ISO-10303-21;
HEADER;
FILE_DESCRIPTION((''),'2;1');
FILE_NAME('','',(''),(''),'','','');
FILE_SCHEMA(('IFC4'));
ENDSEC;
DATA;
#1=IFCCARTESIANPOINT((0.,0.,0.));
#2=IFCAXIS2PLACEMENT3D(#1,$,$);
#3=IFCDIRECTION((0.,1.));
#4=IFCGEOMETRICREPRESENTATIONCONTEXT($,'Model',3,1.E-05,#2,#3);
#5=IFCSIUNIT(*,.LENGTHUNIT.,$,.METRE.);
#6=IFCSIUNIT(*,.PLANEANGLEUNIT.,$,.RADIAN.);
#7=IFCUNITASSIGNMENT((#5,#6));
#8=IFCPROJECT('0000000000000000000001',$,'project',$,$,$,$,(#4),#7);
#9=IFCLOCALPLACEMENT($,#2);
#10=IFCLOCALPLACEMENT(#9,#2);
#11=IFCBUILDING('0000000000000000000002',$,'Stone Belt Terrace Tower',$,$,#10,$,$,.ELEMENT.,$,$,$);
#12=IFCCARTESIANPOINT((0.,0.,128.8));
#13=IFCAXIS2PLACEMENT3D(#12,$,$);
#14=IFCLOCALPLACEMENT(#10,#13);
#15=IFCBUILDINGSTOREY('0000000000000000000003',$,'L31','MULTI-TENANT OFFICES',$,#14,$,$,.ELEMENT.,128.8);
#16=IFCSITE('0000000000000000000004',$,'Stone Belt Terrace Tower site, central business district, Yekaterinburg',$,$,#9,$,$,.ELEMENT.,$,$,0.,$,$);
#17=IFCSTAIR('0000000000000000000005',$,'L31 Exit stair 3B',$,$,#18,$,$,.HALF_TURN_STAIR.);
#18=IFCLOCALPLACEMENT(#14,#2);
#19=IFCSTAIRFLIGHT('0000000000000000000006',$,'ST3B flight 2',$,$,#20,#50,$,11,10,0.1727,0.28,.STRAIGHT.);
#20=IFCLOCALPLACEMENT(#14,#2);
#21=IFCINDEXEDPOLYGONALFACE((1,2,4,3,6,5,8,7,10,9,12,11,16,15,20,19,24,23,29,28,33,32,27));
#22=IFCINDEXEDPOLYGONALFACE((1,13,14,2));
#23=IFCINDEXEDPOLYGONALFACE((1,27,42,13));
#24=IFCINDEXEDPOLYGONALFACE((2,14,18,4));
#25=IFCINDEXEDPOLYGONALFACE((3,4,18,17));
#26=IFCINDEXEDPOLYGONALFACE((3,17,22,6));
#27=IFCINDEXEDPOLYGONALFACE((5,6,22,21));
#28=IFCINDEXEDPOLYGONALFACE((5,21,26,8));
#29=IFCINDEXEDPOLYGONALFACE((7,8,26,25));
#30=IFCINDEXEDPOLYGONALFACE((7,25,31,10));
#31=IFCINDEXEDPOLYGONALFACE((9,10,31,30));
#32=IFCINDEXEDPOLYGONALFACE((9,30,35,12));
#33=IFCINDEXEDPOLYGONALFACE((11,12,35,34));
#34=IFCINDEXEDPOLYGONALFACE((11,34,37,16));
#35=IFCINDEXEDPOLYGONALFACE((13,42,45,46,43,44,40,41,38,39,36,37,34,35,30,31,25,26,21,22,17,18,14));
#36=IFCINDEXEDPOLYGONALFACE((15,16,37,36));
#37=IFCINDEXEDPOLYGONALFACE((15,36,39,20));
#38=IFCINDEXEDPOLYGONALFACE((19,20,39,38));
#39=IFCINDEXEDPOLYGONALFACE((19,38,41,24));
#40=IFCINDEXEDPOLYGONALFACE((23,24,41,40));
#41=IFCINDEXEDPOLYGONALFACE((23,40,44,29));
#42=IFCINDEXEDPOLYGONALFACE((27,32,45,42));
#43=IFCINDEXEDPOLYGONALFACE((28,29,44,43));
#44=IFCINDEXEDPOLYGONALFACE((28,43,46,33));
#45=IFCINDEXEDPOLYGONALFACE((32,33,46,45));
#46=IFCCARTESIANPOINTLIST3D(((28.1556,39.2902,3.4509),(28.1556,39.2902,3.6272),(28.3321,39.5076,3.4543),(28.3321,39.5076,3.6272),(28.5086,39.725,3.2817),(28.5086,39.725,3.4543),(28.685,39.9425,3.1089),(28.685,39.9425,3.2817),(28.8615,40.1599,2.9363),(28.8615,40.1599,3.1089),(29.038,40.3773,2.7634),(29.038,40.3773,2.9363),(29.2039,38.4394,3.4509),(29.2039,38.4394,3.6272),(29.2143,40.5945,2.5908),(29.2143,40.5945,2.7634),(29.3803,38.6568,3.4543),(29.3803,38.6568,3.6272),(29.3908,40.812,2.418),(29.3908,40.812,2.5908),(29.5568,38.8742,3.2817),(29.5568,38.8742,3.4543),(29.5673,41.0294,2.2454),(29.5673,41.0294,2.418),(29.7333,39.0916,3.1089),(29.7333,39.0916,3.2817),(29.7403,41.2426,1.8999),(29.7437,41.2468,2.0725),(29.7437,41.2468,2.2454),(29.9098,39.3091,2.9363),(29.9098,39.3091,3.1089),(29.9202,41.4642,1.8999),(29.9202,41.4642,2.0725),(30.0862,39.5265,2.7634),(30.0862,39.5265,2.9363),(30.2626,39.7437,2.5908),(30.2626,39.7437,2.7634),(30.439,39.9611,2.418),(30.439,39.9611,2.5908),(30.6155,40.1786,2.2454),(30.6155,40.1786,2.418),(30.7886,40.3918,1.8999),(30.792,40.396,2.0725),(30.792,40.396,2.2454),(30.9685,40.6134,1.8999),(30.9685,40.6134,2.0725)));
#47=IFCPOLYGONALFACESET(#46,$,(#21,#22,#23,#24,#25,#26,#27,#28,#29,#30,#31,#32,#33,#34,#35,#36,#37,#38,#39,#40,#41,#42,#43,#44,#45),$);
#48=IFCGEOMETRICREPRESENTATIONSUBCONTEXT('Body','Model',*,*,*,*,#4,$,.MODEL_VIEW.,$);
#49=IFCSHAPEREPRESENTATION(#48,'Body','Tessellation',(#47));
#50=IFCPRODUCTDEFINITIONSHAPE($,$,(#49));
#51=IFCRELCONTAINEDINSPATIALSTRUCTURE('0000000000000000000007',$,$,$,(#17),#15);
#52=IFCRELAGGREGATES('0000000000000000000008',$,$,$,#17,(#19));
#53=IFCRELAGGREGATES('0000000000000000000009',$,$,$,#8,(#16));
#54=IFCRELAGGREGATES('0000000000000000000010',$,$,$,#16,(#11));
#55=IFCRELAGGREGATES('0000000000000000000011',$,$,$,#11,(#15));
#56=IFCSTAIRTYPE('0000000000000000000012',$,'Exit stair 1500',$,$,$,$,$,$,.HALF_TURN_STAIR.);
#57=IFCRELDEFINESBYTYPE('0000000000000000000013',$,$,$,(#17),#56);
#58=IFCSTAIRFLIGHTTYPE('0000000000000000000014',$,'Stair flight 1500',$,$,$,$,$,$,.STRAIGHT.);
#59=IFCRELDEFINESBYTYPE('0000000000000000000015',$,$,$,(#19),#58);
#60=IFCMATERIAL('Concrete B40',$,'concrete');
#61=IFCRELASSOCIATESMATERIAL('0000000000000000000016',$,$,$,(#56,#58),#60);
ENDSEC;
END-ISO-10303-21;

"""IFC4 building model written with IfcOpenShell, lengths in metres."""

from ifc_helpers import new_model, si_unit, direction, frame, origin, place, context, subcontext, project, spatial, polyline, outline, extrude, material, type_object, element, aggregate, save


model = new_model("IFC4")

# Units and contexts
model_context = context("Model", 3, precision=1e-05, world=origin(), true_north=direction((0.0, 1.0)))
body_context = subcontext(model_context, "Body", "Model", "MODEL_VIEW")
ifc_project = project(units=[si_unit("LENGTHUNIT", "METRE"), si_unit("PLANEANGLEUNIT", "RADIAN")], contexts=[model_context])

# Site, building, storey
site_placement = place(None, origin())
site = spatial("IfcSite", under=ifc_project, at=site_placement, Name="Stone Belt Terrace Tower site, central business district, Yekaterinburg", CompositionType="ELEMENT", RefElevation=0.0)
building_placement = place(site_placement, origin())
building = spatial("IfcBuilding", under=site, at=building_placement, Name="Stone Belt Terrace Tower", CompositionType="ELEMENT")
storey_placement = place(building_placement, frame((0.0, 0.0, 128.8)))
storey = spatial("IfcBuildingStorey", under=building, at=storey_placement, Name="L31", Description="MULTI-TENANT OFFICES", CompositionType="ELEMENT", Elevation=128.8)

# Stair, stair flight
ifc_material_1 = material(Name="Concrete B40", Category="concrete")
stair_type = type_object("IfcStairType", Name="Exit stair 1500", PredefinedType="HALF_TURN_STAIR", material=ifc_material_1)
stair_placement = place(storey_placement, origin())
stair = element("IfcStair", 1, at=stair_placement, inside=storey, type_object=stair_type, Name="L31 Exit stair 3B", PredefinedType="HALF_TURN_STAIR")
stair_flight_type = type_object("IfcStairFlightType", Name="Stair flight 1500", PredefinedType="STRAIGHT", material=ifc_material_1)
stair_flight_placement = place(storey_placement, frame((30.4443, 41.0388, 1.8999), z_axis=(0.0, 0.0, 1.0), x_axis=(-0.630206, -0.776428, 0.0)))
stair_flight = element("IfcStairFlight", 2, at=stair_flight_placement, type_object=stair_flight_type, Name="ST3B flight 2", NumberOfRisers=11, NumberOfTreads=10, PredefinedType="STRAIGHT", RiserHeight=0.1727, TreadLength=0.28, context=body_context, shape_type="SweptSolid", body=[
    extrude(outline(polyline([(0.0, 0.0), (0.0, 0.1726), (0.28, 0.1726), (0.28, 0.3455), (0.5601, 0.3455), (0.5601, 0.5181), (0.8401, 0.5181), (0.8401, 0.6909), (1.1201, 0.6909), (1.1201, 0.8635), (1.3999, 0.8635), (1.3999, 1.0364), (1.6799, 1.0364), (1.6799, 1.209), (1.96, 1.209), (1.96, 1.3818), (2.24, 1.3818), (2.24, 1.5544), (2.52, 1.5544), (2.52, 1.7273), (2.8, 1.7273), (2.8, 1.8999), (2.8, 1.551), (0.2854, 0.0), (0.0, 0.0)])), frame((0.0, 0.675, 0.0), z_axis=(0.0, -1.0, 0.0), x_axis=(1.0, 0.0, 0.0)), (0.0, 0.0, 1.0), 1.3501),
])
aggregate(stair, [stair_flight])

save(model, "model.ifc")
